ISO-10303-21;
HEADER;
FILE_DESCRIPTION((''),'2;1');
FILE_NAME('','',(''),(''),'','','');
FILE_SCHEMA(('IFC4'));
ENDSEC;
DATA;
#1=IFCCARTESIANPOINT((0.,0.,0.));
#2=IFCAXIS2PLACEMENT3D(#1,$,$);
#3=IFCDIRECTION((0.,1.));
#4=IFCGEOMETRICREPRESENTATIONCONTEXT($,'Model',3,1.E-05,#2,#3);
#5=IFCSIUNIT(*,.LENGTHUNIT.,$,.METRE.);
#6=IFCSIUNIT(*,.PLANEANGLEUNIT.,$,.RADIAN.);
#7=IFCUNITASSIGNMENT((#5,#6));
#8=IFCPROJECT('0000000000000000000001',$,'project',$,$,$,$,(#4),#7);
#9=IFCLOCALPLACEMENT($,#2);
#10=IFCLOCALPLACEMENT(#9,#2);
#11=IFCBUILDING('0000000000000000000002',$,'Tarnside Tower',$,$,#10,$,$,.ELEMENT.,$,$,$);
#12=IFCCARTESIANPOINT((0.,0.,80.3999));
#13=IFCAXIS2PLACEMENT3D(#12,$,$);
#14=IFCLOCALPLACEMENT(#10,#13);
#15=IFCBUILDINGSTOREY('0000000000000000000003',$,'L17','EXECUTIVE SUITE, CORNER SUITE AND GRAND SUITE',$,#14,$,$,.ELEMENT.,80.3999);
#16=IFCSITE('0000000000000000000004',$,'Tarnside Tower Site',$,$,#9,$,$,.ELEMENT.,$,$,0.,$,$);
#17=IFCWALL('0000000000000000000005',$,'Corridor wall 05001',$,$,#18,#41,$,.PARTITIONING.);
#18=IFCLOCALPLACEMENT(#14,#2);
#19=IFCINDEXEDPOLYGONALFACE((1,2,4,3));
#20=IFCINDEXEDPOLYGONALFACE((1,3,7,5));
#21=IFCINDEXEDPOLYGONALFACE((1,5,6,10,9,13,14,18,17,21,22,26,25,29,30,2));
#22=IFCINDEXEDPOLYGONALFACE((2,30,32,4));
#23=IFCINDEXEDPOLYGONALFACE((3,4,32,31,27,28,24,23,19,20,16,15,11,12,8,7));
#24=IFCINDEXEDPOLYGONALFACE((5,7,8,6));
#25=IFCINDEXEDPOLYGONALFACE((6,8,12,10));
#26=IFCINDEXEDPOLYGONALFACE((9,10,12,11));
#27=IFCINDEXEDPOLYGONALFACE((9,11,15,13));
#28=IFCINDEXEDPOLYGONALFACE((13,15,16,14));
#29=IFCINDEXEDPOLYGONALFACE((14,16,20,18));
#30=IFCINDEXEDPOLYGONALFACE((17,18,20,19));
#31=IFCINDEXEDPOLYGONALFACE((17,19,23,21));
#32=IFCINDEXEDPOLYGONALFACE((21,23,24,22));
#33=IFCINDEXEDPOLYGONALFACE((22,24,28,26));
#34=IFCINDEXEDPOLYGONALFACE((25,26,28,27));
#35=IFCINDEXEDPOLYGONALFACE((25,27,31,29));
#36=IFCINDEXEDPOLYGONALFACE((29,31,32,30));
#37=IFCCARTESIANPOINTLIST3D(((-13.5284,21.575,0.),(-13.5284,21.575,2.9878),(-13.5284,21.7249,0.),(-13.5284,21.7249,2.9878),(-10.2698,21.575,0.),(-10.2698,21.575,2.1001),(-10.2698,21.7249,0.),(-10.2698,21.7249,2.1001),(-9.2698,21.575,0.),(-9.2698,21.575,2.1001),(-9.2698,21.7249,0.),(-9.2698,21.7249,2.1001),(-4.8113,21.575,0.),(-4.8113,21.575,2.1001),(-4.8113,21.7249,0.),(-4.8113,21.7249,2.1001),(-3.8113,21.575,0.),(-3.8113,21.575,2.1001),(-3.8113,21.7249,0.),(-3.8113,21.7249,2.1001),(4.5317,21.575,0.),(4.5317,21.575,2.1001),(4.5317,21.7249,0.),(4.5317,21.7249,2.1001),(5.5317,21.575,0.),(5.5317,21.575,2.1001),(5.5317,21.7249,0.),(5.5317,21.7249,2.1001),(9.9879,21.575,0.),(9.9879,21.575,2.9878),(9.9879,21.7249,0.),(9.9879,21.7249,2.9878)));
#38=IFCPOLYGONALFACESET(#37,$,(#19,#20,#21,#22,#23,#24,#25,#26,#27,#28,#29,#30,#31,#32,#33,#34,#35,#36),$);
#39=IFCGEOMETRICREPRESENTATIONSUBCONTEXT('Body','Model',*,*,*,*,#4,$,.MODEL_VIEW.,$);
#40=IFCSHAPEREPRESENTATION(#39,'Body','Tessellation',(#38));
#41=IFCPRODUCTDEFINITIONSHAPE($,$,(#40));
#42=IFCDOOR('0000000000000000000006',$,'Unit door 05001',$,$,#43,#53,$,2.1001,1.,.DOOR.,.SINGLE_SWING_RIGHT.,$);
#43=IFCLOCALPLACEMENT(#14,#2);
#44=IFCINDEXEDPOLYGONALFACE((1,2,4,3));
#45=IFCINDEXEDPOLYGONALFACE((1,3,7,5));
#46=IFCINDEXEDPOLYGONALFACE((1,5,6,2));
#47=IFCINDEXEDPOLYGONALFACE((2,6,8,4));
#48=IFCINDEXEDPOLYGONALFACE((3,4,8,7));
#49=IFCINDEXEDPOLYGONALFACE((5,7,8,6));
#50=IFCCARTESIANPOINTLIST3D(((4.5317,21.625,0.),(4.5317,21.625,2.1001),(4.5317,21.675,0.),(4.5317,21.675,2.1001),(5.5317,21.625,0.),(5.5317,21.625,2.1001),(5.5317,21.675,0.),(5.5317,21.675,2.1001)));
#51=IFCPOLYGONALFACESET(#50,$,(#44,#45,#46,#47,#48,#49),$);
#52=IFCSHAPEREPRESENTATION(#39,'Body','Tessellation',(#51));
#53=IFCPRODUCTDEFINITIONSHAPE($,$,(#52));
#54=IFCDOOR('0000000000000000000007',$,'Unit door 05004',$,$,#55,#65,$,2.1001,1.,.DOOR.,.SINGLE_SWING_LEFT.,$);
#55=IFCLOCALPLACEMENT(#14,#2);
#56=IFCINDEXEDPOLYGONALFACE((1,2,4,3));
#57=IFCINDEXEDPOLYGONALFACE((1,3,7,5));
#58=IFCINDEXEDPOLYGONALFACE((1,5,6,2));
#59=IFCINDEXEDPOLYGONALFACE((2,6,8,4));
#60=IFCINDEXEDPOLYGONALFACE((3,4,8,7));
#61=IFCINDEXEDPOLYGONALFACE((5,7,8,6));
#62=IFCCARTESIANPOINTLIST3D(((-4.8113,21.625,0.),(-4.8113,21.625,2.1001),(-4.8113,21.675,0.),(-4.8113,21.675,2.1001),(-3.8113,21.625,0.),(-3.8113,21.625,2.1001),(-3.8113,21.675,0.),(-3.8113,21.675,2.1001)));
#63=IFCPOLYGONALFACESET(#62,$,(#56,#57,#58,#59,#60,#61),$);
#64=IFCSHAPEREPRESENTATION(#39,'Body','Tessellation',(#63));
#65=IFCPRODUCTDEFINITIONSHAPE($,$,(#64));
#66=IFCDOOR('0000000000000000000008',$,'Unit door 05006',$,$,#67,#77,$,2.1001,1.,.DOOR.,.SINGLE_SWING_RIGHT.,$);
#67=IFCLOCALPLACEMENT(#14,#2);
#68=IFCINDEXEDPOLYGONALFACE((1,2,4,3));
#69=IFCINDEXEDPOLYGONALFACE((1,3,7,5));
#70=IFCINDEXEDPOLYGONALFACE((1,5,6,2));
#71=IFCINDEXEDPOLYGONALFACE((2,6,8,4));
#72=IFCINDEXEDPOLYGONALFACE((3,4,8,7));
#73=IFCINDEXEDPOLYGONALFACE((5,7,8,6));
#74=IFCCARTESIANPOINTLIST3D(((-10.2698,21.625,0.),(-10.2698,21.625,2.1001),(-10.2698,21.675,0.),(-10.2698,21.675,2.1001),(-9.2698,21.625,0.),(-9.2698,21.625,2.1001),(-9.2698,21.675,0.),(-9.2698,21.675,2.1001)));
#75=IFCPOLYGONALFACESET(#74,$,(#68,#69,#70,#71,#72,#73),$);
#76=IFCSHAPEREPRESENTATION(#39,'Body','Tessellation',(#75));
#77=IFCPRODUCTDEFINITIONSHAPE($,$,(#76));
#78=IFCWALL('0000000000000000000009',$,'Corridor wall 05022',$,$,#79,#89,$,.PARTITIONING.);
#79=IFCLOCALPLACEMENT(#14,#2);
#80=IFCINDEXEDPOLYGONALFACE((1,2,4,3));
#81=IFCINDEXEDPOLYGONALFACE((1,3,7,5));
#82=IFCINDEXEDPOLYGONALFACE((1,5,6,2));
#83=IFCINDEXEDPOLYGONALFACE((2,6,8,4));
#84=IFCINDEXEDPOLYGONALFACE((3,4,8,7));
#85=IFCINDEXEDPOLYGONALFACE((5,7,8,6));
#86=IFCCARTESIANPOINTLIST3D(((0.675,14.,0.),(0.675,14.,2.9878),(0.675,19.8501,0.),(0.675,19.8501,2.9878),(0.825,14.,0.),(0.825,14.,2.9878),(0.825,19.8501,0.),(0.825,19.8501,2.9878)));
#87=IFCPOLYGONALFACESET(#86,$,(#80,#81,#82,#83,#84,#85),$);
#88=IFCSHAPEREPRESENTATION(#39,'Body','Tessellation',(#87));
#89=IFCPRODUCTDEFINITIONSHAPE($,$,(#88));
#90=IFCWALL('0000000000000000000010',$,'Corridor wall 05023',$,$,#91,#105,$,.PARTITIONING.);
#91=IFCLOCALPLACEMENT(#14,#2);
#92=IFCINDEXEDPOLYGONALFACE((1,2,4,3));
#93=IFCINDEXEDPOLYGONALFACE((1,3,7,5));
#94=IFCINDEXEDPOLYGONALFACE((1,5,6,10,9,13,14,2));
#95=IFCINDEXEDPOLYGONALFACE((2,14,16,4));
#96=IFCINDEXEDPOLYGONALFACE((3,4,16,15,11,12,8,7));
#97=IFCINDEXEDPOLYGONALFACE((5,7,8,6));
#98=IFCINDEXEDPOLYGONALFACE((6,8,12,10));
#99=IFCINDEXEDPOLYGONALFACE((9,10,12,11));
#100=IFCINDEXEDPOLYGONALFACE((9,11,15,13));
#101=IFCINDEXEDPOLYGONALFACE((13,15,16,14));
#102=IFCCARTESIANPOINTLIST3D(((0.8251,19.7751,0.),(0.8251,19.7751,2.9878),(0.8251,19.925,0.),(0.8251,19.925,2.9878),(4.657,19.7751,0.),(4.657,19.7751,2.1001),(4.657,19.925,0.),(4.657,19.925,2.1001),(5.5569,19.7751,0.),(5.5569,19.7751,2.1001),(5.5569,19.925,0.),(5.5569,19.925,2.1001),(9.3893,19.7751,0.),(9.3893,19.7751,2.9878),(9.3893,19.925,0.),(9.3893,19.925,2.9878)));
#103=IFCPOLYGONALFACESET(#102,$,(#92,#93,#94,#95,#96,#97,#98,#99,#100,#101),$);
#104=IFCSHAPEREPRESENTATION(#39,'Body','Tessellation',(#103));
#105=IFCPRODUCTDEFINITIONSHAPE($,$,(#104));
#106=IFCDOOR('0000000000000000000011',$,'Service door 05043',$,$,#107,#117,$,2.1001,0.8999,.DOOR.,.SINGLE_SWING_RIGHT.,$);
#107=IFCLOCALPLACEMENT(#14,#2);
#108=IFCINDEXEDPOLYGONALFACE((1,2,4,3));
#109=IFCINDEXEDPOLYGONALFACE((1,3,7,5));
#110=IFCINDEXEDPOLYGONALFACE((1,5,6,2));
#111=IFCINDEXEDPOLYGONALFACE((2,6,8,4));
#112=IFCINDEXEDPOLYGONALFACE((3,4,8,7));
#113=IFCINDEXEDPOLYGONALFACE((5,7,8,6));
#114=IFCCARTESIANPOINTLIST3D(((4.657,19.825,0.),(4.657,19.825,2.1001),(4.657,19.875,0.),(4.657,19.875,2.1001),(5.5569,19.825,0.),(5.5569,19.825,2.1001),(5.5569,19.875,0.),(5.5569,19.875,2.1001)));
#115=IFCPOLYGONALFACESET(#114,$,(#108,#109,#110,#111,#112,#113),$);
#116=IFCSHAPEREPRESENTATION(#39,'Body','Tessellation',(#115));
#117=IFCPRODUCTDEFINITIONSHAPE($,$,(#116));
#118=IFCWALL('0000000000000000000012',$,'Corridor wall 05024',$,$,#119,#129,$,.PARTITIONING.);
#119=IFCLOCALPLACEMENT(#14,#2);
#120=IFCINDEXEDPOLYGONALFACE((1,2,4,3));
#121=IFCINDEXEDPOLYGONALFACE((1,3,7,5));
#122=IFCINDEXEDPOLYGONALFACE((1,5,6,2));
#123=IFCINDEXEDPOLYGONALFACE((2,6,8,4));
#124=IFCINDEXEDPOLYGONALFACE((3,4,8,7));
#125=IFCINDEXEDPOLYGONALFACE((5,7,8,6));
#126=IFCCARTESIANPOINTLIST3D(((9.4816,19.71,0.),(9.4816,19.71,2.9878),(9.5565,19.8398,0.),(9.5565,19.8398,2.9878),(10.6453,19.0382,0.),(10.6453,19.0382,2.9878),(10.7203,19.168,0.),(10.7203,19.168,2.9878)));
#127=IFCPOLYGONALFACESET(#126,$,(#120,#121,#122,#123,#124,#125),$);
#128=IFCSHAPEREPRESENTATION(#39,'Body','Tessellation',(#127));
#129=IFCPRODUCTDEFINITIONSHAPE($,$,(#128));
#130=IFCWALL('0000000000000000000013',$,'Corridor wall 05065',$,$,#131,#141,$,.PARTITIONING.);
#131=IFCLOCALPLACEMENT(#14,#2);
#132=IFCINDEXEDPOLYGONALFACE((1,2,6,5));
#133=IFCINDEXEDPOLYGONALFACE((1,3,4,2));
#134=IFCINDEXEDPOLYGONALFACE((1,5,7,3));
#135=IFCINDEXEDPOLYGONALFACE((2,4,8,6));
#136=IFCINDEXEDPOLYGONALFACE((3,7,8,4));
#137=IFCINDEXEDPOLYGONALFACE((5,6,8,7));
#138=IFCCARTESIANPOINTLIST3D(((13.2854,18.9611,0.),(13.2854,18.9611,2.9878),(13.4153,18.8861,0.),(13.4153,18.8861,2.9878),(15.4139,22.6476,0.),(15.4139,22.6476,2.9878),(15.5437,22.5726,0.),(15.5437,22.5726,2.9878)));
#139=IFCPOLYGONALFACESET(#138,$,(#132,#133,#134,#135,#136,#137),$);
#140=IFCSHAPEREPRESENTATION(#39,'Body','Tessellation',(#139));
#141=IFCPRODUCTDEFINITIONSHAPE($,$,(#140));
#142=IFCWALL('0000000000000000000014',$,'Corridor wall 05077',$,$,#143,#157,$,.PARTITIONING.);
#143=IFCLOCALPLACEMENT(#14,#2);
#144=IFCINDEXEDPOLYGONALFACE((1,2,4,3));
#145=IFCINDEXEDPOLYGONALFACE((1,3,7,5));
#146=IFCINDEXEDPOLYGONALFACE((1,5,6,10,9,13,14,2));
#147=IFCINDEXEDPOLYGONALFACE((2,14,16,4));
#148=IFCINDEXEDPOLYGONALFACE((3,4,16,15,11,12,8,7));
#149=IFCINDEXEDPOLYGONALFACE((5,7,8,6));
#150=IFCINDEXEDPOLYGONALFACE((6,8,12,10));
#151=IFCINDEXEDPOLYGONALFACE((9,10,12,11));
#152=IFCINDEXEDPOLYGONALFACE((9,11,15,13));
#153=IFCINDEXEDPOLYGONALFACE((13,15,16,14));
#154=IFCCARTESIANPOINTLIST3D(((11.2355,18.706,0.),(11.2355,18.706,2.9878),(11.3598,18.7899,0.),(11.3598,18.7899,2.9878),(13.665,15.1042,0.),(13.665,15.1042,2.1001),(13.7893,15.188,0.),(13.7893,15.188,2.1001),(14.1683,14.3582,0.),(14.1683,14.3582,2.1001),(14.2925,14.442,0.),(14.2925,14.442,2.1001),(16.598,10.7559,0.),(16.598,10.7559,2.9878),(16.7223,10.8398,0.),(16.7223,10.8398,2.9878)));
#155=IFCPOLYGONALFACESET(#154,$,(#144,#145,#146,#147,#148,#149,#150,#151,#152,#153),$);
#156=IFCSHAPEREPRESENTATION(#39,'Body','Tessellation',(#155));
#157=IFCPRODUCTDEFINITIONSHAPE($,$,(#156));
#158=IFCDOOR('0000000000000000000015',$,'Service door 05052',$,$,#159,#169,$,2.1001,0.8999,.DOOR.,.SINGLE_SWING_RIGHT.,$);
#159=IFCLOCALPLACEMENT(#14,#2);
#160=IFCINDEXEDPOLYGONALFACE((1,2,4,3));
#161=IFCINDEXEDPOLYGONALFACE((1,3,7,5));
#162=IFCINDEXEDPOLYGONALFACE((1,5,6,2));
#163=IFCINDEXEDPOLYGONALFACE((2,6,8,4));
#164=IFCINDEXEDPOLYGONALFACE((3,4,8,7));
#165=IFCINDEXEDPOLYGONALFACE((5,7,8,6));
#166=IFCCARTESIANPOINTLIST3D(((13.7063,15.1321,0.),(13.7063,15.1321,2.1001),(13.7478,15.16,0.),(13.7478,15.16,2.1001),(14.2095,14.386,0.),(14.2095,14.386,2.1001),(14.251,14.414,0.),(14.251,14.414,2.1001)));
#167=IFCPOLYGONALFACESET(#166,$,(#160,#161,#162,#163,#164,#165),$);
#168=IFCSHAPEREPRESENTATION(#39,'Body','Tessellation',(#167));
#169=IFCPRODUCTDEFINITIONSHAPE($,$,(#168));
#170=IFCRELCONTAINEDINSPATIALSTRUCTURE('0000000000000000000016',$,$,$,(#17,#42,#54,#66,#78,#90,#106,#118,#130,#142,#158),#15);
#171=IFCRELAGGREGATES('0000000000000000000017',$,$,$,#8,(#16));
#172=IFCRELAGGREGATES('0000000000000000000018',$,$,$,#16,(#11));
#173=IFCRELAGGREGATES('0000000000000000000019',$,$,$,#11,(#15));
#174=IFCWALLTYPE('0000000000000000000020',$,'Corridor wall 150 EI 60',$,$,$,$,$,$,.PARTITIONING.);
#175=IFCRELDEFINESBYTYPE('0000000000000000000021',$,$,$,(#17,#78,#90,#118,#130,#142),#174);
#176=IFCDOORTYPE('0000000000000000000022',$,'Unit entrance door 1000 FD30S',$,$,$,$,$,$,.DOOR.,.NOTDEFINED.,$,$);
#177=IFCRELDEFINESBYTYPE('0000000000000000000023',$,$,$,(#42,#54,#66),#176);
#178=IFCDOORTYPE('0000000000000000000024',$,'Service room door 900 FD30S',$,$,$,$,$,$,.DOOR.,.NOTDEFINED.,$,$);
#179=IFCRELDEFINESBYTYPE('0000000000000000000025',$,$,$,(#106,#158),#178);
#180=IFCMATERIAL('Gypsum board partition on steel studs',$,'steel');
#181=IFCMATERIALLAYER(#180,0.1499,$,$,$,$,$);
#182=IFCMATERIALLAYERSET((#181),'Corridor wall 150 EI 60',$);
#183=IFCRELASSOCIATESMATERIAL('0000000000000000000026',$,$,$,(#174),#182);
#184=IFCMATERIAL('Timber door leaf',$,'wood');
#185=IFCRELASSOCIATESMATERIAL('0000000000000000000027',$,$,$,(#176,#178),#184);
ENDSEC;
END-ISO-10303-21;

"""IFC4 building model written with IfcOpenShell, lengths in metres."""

from ifc_helpers import new_model, si_unit, direction, frame, frame_2d, origin, place, context, subcontext, project, spatial, rectangle, extrude, material, layer, layer_set, type_object, element, fill, save


model = new_model("IFC4")

# Units and contexts
model_context = context("Model", 3, precision=1e-05, world=origin(), true_north=direction((0.0, 1.0)))
body_context = subcontext(model_context, "Body", "Model", "MODEL_VIEW")
ifc_project = project(units=[si_unit("LENGTHUNIT", "METRE"), si_unit("PLANEANGLEUNIT", "RADIAN")], contexts=[model_context])

# Site, building, storey
site_placement = place(None, origin())
site = spatial("IfcSite", under=ifc_project, at=site_placement, Name="Tarnside Tower Site", CompositionType="ELEMENT", RefElevation=0.0)
building_placement = place(site_placement, origin())
building = spatial("IfcBuilding", under=site, at=building_placement, Name="Tarnside Tower", CompositionType="ELEMENT")
storey_placement = place(building_placement, frame((0.0, 0.0, 80.3999)))
storey = spatial("IfcBuildingStorey", under=building, at=storey_placement, Name="L17", Description="EXECUTIVE SUITE, CORNER SUITE AND GRAND SUITE", CompositionType="ELEMENT", Elevation=80.3999)

# Shared definitions
ifc_material_1 = material(Name="Gypsum board partition on steel studs", Category="steel")
ifc_material_2 = material(Name="Timber door leaf", Category="wood")

# Wall, openings, doors
ifc_layer_1 = layer(ifc_material_1, 0.1499)
ifc_layer_set_1 = layer_set([ifc_layer_1], Name="Corridor wall 150 EI 60")
wall_type_1 = type_object("IfcWallType", Name="Corridor wall 150 EI 60", PredefinedType="PARTITIONING", material=ifc_layer_set_1)
wall_1_placement = place(storey_placement, frame((9.988, 21.6499, 0.0), z_axis=(0.0, 0.0, 1.0), x_axis=(-1.0, 0.0, 0.0)))
wall_1 = element("IfcWall", 1, at=wall_1_placement, inside=storey, type_object=wall_type_1, Name="Corridor wall 05001", PredefinedType="PARTITIONING", context=body_context, shape_type="SweptSolid", body=[
    extrude(rectangle(XDim=23.5164, YDim=0.1499, at=frame_2d((11.7583, 0.0))), origin(), (0.0, 0.0, 1.0), 2.9878),
])
opening_1_placement = place(wall_1_placement, frame((4.4563, 0.0, 0.0)))
opening_1 = element("IfcOpeningElement", 2, at=opening_1_placement, cuts=wall_1, PredefinedType="OPENING", context=body_context, shape_type="SweptSolid", body=[
    extrude(rectangle(XDim=1.0, YDim=2.1001, at=frame_2d((0.5, 1.05))), frame((0.0, 0.085, 0.0), z_axis=(0.0, -1.0, 0.0), x_axis=(1.0, 0.0, 0.0)), (0.0, 0.0, 1.0), 0.1699),
])
opening_2_placement = place(wall_1_placement, frame((13.7993, 0.0, 0.0)))
opening_2 = element("IfcOpeningElement", 3, at=opening_2_placement, cuts=wall_1, PredefinedType="OPENING", context=body_context, shape_type="SweptSolid", body=[
    extrude(rectangle(XDim=1.0, YDim=2.1001, at=frame_2d((0.5, 1.05))), frame((0.0, 0.085, 0.0), z_axis=(0.0, -1.0, 0.0), x_axis=(1.0, 0.0, 0.0)), (0.0, 0.0, 1.0), 0.1699),
])
opening_3_placement = place(wall_1_placement, frame((19.2578, 0.0, 0.0)))
opening_3 = element("IfcOpeningElement", 4, at=opening_3_placement, cuts=wall_1, PredefinedType="OPENING", context=body_context, shape_type="SweptSolid", body=[
    extrude(rectangle(XDim=1.0, YDim=2.1001, at=frame_2d((0.5, 1.05))), frame((0.0, 0.085, 0.0), z_axis=(0.0, -1.0, 0.0), x_axis=(1.0, 0.0, 0.0)), (0.0, 0.0, 1.0), 0.1699),
])
door_type_1 = type_object("IfcDoorType", Name="Unit entrance door 1000 FD30S", OperationType="NOTDEFINED", PredefinedType="DOOR", material=ifc_material_2)
door_1_placement = place(opening_1_placement, origin())
door_1 = element("IfcDoor", 5, at=door_1_placement, inside=storey, type_object=door_type_1, Name="Unit door 05001", OperationType="SINGLE_SWING_RIGHT", OverallHeight=2.1001, OverallWidth=1.0, PredefinedType="DOOR", context=body_context, shape_type="SweptSolid", body=[
    extrude(rectangle(XDim=1.0, YDim=2.1001, at=frame_2d((0.5, 1.05))), frame((0.0, 0.0249, 0.0), z_axis=(0.0, -1.0, 0.0), x_axis=(1.0, 0.0, 0.0)), (0.0, 0.0, 1.0), 0.05),
])
fill(opening_1, door_1)
door_2_placement = place(opening_2_placement, origin())
door_2 = element("IfcDoor", 6, at=door_2_placement, inside=storey, type_object=door_type_1, Name="Unit door 05004", OperationType="SINGLE_SWING_LEFT", OverallHeight=2.1001, OverallWidth=1.0, PredefinedType="DOOR", context=body_context, shape_type="SweptSolid", body=[
    extrude(rectangle(XDim=1.0, YDim=2.1001, at=frame_2d((0.5, 1.05))), frame((0.0, 0.0249, 0.0), z_axis=(0.0, -1.0, 0.0), x_axis=(1.0, 0.0, 0.0)), (0.0, 0.0, 1.0), 0.05),
])
fill(opening_2, door_2)
door_3_placement = place(opening_3_placement, origin())
door_3 = element("IfcDoor", 7, at=door_3_placement, inside=storey, type_object=door_type_1, Name="Unit door 05006", OperationType="SINGLE_SWING_RIGHT", OverallHeight=2.1001, OverallWidth=1.0, PredefinedType="DOOR", context=body_context, shape_type="SweptSolid", body=[
    extrude(rectangle(XDim=1.0, YDim=2.1001, at=frame_2d((0.5, 1.05))), frame((0.0, 0.0249, 0.0), z_axis=(0.0, -1.0, 0.0), x_axis=(1.0, 0.0, 0.0)), (0.0, 0.0, 1.0), 0.05),
])
fill(opening_3, door_3)

# Wall
wall_2_placement = place(storey_placement, frame((0.75, 14.0, 0.0), z_axis=(0.0, 0.0, 1.0), x_axis=(0.0, 1.0, 0.0)))
element("IfcWall", 8, at=wall_2_placement, inside=storey, type_object=wall_type_1, Name="Corridor wall 05022", PredefinedType="PARTITIONING", context=body_context, shape_type="SweptSolid", body=[
    extrude(rectangle(XDim=5.8501, YDim=0.1499, at=frame_2d((2.925, 0.0))), origin(), (0.0, 0.0, 1.0), 2.9878),
])

# Wall, opening, door
wall_3_placement = place(storey_placement, frame((0.825, 19.8501, 0.0), z_axis=(0.0, 0.0, 1.0), x_axis=(1.0, 0.0, 0.0)))
wall_3 = element("IfcWall", 9, at=wall_3_placement, inside=storey, type_object=wall_type_1, Name="Corridor wall 05023", PredefinedType="PARTITIONING", context=body_context, shape_type="SweptSolid", body=[
    extrude(rectangle(XDim=8.5642, YDim=0.1499, at=frame_2d((4.2822, 0.0))), origin(), (0.0, 0.0, 1.0), 2.9878),
])
opening_4_placement = place(wall_3_placement, frame((3.832, 0.0, 0.0)))
opening_4 = element("IfcOpeningElement", 10, at=opening_4_placement, cuts=wall_3, PredefinedType="OPENING", context=body_context, shape_type="SweptSolid", body=[
    extrude(rectangle(XDim=0.8999, YDim=2.1001, at=frame_2d((0.45, 1.05))), frame((0.0, 0.085, 0.0), z_axis=(0.0, -1.0, 0.0), x_axis=(1.0, 0.0, 0.0)), (0.0, 0.0, 1.0), 0.1699),
])
door_type_2 = type_object("IfcDoorType", Name="Service room door 900 FD30S", OperationType="NOTDEFINED", PredefinedType="DOOR", material=ifc_material_2)
door_4_placement = place(opening_4_placement, origin())
door_4 = element("IfcDoor", 11, at=door_4_placement, inside=storey, type_object=door_type_2, Name="Service door 05043", OperationType="SINGLE_SWING_RIGHT", OverallHeight=2.1001, OverallWidth=0.8999, PredefinedType="DOOR", context=body_context, shape_type="SweptSolid", body=[
    extrude(rectangle(XDim=0.8999, YDim=2.1001, at=frame_2d((0.45, 1.05))), frame((0.0, 0.0249, 0.0), z_axis=(0.0, -1.0, 0.0), x_axis=(1.0, 0.0, 0.0)), (0.0, 0.0, 1.0), 0.05),
])
fill(opening_4, door_4)

# Walls
wall_4_placement = place(storey_placement, frame((9.519, 19.7749, 0.0), z_axis=(0.0, 0.0, 1.0), x_axis=(0.866043, -0.499969, 0.0)))
element("IfcWall", 12, at=wall_4_placement, inside=storey, type_object=wall_type_1, Name="Corridor wall 05024", PredefinedType="PARTITIONING", context=body_context, shape_type="SweptSolid", body=[
    extrude(rectangle(XDim=1.3438, YDim=0.1499, at=frame_2d((0.6719, 0.0))), origin(), (0.0, 0.0, 1.0), 2.9878),
])
wall_5_placement = place(storey_placement, frame((13.3503, 18.9236, 0.0), z_axis=(0.0, 0.0, 1.0), x_axis=(0.5, 0.866025, 0.0)))
element("IfcWall", 13, at=wall_5_placement, inside=storey, type_object=wall_type_1, Name="Corridor wall 05065", PredefinedType="PARTITIONING", context=body_context, shape_type="SweptSolid", body=[
    extrude(rectangle(XDim=4.2568, YDim=0.1499, at=frame_2d((2.1284, 0.0))), origin(), (0.0, 0.0, 1.0), 2.9878),
])

# Wall, opening, door
wall_6_placement = place(storey_placement, frame((11.2976, 18.748, 0.0), z_axis=(0.0, 0.0, 1.0), x_axis=(0.559198, -0.829034, 0.0)))
wall_6 = element("IfcWall", 14, at=wall_6_placement, inside=storey, type_object=wall_type_1, Name="Corridor wall 05077", PredefinedType="PARTITIONING", context=body_context, shape_type="SweptSolid", body=[
    extrude(rectangle(XDim=9.5896, YDim=0.1499, at=frame_2d((4.7949, 0.0))), origin(), (0.0, 0.0, 1.0), 2.9878),
])
opening_5_placement = place(wall_6_placement, frame((4.3447, 0.0, 0.0)))
opening_5 = element("IfcOpeningElement", 15, at=opening_5_placement, cuts=wall_6, PredefinedType="OPENING", context=body_context, shape_type="SweptSolid", body=[
    extrude(rectangle(XDim=0.8999, YDim=2.1001, at=frame_2d((0.45, 1.05))), frame((0.0, 0.085, 0.0), z_axis=(0.0, -1.0, 0.0), x_axis=(1.0, 0.0, 0.0)), (0.0, 0.0, 1.0), 0.1699),
])
door_5_placement = place(opening_5_placement, origin())
door_5 = element("IfcDoor", 16, at=door_5_placement, inside=storey, type_object=door_type_2, Name="Service door 05052", OperationType="SINGLE_SWING_RIGHT", OverallHeight=2.1001, OverallWidth=0.8999, PredefinedType="DOOR", context=body_context, shape_type="SweptSolid", body=[
    extrude(rectangle(XDim=0.8999, YDim=2.1001, at=frame_2d((0.45, 1.05))), frame((0.0, 0.0249, 0.0), z_axis=(0.0, -1.0, 0.0), x_axis=(1.0, 0.0, 0.0)), (0.0, 0.0, 1.0), 0.05),
])
fill(opening_5, door_5)

save(model, "model.ifc")
